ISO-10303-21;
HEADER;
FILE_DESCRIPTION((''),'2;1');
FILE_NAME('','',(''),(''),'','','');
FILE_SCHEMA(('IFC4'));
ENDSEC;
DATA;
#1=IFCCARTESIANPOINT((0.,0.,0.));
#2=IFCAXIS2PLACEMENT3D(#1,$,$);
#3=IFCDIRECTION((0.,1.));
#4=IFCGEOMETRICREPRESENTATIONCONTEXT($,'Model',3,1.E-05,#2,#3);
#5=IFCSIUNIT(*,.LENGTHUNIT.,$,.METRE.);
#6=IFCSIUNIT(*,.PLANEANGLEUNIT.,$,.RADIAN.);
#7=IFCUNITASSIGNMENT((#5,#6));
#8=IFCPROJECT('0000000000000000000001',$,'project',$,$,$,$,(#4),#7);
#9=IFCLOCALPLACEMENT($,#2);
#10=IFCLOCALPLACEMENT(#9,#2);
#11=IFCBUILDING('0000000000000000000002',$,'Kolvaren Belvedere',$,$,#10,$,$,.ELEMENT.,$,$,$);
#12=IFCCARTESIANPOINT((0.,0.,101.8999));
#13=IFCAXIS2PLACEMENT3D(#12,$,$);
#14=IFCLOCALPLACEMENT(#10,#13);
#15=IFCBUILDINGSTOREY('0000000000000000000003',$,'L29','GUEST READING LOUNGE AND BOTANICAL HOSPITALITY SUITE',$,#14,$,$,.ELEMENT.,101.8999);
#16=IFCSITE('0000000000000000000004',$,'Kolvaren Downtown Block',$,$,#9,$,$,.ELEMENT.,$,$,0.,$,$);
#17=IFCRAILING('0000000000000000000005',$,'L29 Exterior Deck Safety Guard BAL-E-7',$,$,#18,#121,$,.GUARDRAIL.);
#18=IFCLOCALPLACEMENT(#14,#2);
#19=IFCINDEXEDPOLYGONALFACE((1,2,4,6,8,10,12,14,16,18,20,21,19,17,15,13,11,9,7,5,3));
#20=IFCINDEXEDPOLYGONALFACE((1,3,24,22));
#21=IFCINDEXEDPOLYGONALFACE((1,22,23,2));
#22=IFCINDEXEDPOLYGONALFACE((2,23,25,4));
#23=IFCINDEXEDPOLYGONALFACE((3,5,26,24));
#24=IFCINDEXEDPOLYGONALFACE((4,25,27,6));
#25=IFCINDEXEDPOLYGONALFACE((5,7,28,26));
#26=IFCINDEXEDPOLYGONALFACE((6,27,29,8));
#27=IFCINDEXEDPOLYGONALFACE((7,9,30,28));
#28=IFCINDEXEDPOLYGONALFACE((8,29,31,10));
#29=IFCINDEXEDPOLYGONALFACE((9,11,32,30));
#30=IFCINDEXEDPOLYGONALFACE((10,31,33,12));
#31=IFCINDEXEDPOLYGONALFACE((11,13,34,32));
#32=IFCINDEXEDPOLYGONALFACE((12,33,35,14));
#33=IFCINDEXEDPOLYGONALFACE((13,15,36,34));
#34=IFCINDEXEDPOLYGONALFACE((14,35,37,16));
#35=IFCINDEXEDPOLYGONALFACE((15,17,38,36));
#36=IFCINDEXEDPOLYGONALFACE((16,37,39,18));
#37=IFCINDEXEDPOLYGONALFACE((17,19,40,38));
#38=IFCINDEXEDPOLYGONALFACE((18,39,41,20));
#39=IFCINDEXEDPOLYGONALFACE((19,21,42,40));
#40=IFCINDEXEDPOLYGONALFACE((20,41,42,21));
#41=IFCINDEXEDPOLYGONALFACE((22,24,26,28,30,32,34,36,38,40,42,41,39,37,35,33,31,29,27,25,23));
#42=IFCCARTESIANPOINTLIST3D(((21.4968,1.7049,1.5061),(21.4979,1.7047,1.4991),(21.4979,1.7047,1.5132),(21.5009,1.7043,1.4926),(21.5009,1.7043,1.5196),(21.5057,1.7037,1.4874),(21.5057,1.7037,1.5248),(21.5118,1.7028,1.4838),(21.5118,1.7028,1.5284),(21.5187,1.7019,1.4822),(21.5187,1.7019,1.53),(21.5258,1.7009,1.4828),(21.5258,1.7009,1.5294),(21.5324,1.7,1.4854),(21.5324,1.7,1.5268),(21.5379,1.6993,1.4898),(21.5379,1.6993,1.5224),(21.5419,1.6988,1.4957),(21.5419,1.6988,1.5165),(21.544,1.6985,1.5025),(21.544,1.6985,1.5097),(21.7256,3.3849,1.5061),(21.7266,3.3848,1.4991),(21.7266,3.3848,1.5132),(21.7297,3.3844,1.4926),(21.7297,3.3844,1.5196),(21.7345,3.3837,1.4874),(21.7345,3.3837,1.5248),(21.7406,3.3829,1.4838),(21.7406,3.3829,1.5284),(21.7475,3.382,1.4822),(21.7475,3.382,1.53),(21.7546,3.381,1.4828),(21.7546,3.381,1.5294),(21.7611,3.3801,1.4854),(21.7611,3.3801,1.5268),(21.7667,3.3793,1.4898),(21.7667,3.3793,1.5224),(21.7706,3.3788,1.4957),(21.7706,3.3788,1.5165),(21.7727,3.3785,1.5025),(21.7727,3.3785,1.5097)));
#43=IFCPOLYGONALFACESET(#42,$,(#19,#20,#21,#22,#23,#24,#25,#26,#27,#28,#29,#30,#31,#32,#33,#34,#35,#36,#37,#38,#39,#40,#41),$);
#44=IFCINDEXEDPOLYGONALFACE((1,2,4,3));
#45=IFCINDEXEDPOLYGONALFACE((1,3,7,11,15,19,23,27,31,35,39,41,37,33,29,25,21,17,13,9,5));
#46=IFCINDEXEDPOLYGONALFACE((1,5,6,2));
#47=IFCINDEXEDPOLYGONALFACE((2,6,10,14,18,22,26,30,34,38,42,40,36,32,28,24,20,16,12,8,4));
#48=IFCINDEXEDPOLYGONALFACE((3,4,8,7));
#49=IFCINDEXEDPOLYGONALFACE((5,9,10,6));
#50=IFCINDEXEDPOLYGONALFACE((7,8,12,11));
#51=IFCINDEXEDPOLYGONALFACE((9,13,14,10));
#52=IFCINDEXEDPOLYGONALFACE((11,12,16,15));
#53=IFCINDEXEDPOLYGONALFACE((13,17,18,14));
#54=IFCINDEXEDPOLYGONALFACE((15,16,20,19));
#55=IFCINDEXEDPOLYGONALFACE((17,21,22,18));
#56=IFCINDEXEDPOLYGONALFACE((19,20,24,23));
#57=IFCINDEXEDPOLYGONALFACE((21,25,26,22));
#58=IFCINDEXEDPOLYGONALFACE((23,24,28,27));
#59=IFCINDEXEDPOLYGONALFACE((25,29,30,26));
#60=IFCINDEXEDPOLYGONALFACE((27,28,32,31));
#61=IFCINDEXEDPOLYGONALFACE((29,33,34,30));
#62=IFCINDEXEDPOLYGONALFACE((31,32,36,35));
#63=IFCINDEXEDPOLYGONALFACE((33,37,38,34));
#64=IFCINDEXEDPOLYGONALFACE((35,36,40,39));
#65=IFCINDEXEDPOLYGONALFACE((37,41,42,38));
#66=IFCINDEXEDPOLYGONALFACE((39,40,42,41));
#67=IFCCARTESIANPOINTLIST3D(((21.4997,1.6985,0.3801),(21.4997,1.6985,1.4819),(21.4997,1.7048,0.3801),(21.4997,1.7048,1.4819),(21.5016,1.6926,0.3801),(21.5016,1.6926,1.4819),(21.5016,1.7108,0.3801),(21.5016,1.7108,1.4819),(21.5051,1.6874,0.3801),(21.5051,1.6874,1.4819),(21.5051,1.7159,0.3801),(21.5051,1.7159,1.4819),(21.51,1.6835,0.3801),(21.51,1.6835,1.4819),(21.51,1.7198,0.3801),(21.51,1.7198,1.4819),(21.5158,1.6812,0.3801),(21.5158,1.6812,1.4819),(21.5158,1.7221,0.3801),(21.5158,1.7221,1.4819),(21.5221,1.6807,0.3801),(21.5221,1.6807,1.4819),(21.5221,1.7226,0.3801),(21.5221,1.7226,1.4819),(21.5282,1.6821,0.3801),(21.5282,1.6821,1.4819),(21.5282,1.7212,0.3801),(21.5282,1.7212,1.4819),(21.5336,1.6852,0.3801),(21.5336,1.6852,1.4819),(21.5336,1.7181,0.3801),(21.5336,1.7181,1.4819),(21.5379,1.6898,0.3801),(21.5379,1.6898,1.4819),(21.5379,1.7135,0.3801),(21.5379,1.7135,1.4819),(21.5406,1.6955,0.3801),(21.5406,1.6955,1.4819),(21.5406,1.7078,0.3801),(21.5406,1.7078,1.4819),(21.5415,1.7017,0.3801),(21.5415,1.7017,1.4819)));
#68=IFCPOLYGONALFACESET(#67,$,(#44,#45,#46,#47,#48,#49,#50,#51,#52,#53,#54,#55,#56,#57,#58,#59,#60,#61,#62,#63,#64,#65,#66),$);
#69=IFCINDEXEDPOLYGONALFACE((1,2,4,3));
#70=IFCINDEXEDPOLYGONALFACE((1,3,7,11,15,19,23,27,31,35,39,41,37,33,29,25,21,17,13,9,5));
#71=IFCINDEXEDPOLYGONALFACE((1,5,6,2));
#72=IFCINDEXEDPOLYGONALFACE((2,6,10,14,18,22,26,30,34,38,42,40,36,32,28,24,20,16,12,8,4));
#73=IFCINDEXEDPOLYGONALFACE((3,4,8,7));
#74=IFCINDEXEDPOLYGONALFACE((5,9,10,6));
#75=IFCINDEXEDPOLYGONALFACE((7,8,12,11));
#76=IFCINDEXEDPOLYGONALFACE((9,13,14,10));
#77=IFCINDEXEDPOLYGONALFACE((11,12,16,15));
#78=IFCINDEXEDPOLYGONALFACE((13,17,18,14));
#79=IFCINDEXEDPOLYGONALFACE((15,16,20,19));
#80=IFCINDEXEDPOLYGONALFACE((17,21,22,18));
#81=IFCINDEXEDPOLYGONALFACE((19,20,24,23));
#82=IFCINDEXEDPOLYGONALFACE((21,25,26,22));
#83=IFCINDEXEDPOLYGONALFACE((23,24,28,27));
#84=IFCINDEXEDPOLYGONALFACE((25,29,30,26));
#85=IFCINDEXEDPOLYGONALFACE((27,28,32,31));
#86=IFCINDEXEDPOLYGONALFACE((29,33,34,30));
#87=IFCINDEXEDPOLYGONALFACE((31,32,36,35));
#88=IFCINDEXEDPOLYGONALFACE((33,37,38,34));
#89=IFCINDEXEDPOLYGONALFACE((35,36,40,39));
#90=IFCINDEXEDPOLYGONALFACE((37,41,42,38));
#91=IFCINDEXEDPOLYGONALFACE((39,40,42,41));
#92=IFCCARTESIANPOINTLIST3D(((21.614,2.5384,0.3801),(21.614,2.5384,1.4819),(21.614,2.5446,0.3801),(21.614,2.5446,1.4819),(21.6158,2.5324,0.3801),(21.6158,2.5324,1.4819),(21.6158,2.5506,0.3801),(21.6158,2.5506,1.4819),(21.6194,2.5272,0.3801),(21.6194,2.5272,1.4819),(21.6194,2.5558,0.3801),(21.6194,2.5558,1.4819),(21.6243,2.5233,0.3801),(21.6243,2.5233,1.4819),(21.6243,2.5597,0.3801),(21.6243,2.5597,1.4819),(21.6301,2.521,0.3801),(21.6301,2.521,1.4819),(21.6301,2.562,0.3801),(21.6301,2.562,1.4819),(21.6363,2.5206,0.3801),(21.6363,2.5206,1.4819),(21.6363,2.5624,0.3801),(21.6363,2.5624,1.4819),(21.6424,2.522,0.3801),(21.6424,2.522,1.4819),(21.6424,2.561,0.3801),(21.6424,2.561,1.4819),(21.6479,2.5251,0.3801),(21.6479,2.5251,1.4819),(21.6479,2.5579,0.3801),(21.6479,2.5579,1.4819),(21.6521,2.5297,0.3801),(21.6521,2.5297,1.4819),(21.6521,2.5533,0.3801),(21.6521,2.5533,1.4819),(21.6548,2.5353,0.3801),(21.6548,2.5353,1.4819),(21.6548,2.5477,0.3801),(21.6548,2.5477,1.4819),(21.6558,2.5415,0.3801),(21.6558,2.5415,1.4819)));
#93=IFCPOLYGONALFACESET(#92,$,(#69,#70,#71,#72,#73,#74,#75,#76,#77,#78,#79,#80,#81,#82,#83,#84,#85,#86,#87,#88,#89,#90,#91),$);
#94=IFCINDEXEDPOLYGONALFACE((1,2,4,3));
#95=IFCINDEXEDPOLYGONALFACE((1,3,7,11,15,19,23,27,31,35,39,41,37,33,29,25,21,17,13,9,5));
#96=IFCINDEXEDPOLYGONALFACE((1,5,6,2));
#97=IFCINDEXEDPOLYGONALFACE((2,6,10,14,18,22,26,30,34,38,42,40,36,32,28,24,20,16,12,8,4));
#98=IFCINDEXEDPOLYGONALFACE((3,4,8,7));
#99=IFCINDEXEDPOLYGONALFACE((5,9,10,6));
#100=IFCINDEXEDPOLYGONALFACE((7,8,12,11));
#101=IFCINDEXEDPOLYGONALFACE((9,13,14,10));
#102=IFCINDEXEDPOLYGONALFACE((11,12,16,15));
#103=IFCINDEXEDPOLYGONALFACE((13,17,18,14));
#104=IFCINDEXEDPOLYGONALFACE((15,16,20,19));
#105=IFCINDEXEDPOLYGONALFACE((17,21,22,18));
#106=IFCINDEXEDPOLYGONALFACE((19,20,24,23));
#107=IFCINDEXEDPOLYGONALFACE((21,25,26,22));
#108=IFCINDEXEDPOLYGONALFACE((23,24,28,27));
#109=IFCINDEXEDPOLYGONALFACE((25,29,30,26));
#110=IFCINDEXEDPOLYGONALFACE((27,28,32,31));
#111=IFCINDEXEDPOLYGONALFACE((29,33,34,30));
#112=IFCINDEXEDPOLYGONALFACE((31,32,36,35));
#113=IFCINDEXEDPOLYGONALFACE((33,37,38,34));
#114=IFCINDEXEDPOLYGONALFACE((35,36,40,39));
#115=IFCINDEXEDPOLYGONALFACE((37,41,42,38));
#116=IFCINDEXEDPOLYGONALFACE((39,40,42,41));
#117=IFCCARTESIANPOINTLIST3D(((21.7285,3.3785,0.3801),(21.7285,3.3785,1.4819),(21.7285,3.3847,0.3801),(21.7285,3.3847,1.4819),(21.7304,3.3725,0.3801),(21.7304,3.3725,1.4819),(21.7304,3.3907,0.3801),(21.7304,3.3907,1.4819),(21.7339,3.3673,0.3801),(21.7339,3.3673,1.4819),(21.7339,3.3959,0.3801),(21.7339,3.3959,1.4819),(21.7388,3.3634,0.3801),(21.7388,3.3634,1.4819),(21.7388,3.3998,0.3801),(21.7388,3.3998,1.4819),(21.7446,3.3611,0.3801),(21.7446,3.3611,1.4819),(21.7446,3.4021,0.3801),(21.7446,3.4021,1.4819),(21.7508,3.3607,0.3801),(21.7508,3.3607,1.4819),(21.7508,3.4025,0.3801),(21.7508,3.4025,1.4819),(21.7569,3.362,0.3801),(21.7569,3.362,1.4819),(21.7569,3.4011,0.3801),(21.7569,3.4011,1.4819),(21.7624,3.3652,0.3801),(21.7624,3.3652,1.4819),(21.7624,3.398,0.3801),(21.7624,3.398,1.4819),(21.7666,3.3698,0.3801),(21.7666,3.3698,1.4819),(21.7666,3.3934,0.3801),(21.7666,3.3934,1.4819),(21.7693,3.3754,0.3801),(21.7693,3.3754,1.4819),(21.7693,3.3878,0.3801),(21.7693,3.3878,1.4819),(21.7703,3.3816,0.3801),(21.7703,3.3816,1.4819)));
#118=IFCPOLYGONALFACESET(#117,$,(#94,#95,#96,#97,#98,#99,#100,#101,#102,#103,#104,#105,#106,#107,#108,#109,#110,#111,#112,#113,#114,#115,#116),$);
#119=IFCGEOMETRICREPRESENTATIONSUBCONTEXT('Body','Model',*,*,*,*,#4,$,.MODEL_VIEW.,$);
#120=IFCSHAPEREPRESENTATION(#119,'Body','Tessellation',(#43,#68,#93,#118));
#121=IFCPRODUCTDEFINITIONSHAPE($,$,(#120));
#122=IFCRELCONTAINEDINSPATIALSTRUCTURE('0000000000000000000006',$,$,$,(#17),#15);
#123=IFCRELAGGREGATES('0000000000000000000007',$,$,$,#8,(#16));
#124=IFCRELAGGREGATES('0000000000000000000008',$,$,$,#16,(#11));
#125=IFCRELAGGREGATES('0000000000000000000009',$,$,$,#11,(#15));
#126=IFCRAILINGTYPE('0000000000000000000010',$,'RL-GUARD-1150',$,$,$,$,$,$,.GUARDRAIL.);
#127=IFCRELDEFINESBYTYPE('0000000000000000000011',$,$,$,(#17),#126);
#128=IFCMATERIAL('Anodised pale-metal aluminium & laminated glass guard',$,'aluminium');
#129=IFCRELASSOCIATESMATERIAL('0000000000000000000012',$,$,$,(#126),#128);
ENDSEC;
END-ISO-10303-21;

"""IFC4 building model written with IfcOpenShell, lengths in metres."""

from ifc_helpers import new_model, si_unit, direction, frame, origin, origin_2d, place, context, subcontext, project, spatial, circle, extrude, material, type_object, element, save


model = new_model("IFC4")

# Units and contexts
model_context = context("Model", 3, precision=1e-05, world=origin(), true_north=direction((0.0, 1.0)))
body_context = subcontext(model_context, "Body", "Model", "MODEL_VIEW")
ifc_project = project(units=[si_unit("LENGTHUNIT", "METRE"), si_unit("PLANEANGLEUNIT", "RADIAN")], contexts=[model_context])

# Site, building, storey
site_placement = place(None, origin())
site = spatial("IfcSite", under=ifc_project, at=site_placement, Name="Kolvaren Downtown Block", CompositionType="ELEMENT", RefElevation=0.0)
building_placement = place(site_placement, origin())
building = spatial("IfcBuilding", under=site, at=building_placement, Name="Kolvaren Belvedere", CompositionType="ELEMENT")
storey_placement = place(building_placement, frame((0.0, 0.0, 101.8999)))
storey = spatial("IfcBuildingStorey", under=building, at=storey_placement, Name="L29", Description="GUEST READING LOUNGE AND BOTANICAL HOSPITALITY SUITE", CompositionType="ELEMENT", Elevation=101.8999)

# Railing
ifc_material_1 = material(Name="Anodised pale-metal aluminium & laminated glass guard", Category="aluminium")
railing_type = type_object("IfcRailingType", Name="RL-GUARD-1150", PredefinedType="GUARDRAIL", material=ifc_material_1)
railing_1_placement = place(storey_placement, frame((21.5205, 1.7017, 0.3801)))
element("IfcRailing", 1, at=railing_1_placement, inside=storey, type_object=railing_type, Name="L29 Exterior Deck Safety Guard BAL-E-7", PredefinedType="GUARDRAIL", context=body_context, shape_type="SweptSolid", body=[
    extrude(circle(Radius=0.0239, at=origin_2d()), frame((0.0, 0.0, 1.126), z_axis=(0.134927, 0.990856, 0.0), x_axis=(-0.990856, 0.134927, 0.0)), (0.0, 0.0, 1.0), 1.6956),
    extrude(circle(Radius=0.021, at=origin_2d()), origin(), (0.0, 0.0, 1.0), 1.1018),
    extrude(circle(Radius=0.021, at=origin_2d()), frame((0.1143, 0.8398, 0.0)), (0.0, 0.0, 1.0), 1.1018),
    extrude(circle(Radius=0.021, at=origin_2d()), frame((0.2288, 1.6799, 0.0)), (0.0, 0.0, 1.0), 1.1018),
])

save(model, "model.ifc")
